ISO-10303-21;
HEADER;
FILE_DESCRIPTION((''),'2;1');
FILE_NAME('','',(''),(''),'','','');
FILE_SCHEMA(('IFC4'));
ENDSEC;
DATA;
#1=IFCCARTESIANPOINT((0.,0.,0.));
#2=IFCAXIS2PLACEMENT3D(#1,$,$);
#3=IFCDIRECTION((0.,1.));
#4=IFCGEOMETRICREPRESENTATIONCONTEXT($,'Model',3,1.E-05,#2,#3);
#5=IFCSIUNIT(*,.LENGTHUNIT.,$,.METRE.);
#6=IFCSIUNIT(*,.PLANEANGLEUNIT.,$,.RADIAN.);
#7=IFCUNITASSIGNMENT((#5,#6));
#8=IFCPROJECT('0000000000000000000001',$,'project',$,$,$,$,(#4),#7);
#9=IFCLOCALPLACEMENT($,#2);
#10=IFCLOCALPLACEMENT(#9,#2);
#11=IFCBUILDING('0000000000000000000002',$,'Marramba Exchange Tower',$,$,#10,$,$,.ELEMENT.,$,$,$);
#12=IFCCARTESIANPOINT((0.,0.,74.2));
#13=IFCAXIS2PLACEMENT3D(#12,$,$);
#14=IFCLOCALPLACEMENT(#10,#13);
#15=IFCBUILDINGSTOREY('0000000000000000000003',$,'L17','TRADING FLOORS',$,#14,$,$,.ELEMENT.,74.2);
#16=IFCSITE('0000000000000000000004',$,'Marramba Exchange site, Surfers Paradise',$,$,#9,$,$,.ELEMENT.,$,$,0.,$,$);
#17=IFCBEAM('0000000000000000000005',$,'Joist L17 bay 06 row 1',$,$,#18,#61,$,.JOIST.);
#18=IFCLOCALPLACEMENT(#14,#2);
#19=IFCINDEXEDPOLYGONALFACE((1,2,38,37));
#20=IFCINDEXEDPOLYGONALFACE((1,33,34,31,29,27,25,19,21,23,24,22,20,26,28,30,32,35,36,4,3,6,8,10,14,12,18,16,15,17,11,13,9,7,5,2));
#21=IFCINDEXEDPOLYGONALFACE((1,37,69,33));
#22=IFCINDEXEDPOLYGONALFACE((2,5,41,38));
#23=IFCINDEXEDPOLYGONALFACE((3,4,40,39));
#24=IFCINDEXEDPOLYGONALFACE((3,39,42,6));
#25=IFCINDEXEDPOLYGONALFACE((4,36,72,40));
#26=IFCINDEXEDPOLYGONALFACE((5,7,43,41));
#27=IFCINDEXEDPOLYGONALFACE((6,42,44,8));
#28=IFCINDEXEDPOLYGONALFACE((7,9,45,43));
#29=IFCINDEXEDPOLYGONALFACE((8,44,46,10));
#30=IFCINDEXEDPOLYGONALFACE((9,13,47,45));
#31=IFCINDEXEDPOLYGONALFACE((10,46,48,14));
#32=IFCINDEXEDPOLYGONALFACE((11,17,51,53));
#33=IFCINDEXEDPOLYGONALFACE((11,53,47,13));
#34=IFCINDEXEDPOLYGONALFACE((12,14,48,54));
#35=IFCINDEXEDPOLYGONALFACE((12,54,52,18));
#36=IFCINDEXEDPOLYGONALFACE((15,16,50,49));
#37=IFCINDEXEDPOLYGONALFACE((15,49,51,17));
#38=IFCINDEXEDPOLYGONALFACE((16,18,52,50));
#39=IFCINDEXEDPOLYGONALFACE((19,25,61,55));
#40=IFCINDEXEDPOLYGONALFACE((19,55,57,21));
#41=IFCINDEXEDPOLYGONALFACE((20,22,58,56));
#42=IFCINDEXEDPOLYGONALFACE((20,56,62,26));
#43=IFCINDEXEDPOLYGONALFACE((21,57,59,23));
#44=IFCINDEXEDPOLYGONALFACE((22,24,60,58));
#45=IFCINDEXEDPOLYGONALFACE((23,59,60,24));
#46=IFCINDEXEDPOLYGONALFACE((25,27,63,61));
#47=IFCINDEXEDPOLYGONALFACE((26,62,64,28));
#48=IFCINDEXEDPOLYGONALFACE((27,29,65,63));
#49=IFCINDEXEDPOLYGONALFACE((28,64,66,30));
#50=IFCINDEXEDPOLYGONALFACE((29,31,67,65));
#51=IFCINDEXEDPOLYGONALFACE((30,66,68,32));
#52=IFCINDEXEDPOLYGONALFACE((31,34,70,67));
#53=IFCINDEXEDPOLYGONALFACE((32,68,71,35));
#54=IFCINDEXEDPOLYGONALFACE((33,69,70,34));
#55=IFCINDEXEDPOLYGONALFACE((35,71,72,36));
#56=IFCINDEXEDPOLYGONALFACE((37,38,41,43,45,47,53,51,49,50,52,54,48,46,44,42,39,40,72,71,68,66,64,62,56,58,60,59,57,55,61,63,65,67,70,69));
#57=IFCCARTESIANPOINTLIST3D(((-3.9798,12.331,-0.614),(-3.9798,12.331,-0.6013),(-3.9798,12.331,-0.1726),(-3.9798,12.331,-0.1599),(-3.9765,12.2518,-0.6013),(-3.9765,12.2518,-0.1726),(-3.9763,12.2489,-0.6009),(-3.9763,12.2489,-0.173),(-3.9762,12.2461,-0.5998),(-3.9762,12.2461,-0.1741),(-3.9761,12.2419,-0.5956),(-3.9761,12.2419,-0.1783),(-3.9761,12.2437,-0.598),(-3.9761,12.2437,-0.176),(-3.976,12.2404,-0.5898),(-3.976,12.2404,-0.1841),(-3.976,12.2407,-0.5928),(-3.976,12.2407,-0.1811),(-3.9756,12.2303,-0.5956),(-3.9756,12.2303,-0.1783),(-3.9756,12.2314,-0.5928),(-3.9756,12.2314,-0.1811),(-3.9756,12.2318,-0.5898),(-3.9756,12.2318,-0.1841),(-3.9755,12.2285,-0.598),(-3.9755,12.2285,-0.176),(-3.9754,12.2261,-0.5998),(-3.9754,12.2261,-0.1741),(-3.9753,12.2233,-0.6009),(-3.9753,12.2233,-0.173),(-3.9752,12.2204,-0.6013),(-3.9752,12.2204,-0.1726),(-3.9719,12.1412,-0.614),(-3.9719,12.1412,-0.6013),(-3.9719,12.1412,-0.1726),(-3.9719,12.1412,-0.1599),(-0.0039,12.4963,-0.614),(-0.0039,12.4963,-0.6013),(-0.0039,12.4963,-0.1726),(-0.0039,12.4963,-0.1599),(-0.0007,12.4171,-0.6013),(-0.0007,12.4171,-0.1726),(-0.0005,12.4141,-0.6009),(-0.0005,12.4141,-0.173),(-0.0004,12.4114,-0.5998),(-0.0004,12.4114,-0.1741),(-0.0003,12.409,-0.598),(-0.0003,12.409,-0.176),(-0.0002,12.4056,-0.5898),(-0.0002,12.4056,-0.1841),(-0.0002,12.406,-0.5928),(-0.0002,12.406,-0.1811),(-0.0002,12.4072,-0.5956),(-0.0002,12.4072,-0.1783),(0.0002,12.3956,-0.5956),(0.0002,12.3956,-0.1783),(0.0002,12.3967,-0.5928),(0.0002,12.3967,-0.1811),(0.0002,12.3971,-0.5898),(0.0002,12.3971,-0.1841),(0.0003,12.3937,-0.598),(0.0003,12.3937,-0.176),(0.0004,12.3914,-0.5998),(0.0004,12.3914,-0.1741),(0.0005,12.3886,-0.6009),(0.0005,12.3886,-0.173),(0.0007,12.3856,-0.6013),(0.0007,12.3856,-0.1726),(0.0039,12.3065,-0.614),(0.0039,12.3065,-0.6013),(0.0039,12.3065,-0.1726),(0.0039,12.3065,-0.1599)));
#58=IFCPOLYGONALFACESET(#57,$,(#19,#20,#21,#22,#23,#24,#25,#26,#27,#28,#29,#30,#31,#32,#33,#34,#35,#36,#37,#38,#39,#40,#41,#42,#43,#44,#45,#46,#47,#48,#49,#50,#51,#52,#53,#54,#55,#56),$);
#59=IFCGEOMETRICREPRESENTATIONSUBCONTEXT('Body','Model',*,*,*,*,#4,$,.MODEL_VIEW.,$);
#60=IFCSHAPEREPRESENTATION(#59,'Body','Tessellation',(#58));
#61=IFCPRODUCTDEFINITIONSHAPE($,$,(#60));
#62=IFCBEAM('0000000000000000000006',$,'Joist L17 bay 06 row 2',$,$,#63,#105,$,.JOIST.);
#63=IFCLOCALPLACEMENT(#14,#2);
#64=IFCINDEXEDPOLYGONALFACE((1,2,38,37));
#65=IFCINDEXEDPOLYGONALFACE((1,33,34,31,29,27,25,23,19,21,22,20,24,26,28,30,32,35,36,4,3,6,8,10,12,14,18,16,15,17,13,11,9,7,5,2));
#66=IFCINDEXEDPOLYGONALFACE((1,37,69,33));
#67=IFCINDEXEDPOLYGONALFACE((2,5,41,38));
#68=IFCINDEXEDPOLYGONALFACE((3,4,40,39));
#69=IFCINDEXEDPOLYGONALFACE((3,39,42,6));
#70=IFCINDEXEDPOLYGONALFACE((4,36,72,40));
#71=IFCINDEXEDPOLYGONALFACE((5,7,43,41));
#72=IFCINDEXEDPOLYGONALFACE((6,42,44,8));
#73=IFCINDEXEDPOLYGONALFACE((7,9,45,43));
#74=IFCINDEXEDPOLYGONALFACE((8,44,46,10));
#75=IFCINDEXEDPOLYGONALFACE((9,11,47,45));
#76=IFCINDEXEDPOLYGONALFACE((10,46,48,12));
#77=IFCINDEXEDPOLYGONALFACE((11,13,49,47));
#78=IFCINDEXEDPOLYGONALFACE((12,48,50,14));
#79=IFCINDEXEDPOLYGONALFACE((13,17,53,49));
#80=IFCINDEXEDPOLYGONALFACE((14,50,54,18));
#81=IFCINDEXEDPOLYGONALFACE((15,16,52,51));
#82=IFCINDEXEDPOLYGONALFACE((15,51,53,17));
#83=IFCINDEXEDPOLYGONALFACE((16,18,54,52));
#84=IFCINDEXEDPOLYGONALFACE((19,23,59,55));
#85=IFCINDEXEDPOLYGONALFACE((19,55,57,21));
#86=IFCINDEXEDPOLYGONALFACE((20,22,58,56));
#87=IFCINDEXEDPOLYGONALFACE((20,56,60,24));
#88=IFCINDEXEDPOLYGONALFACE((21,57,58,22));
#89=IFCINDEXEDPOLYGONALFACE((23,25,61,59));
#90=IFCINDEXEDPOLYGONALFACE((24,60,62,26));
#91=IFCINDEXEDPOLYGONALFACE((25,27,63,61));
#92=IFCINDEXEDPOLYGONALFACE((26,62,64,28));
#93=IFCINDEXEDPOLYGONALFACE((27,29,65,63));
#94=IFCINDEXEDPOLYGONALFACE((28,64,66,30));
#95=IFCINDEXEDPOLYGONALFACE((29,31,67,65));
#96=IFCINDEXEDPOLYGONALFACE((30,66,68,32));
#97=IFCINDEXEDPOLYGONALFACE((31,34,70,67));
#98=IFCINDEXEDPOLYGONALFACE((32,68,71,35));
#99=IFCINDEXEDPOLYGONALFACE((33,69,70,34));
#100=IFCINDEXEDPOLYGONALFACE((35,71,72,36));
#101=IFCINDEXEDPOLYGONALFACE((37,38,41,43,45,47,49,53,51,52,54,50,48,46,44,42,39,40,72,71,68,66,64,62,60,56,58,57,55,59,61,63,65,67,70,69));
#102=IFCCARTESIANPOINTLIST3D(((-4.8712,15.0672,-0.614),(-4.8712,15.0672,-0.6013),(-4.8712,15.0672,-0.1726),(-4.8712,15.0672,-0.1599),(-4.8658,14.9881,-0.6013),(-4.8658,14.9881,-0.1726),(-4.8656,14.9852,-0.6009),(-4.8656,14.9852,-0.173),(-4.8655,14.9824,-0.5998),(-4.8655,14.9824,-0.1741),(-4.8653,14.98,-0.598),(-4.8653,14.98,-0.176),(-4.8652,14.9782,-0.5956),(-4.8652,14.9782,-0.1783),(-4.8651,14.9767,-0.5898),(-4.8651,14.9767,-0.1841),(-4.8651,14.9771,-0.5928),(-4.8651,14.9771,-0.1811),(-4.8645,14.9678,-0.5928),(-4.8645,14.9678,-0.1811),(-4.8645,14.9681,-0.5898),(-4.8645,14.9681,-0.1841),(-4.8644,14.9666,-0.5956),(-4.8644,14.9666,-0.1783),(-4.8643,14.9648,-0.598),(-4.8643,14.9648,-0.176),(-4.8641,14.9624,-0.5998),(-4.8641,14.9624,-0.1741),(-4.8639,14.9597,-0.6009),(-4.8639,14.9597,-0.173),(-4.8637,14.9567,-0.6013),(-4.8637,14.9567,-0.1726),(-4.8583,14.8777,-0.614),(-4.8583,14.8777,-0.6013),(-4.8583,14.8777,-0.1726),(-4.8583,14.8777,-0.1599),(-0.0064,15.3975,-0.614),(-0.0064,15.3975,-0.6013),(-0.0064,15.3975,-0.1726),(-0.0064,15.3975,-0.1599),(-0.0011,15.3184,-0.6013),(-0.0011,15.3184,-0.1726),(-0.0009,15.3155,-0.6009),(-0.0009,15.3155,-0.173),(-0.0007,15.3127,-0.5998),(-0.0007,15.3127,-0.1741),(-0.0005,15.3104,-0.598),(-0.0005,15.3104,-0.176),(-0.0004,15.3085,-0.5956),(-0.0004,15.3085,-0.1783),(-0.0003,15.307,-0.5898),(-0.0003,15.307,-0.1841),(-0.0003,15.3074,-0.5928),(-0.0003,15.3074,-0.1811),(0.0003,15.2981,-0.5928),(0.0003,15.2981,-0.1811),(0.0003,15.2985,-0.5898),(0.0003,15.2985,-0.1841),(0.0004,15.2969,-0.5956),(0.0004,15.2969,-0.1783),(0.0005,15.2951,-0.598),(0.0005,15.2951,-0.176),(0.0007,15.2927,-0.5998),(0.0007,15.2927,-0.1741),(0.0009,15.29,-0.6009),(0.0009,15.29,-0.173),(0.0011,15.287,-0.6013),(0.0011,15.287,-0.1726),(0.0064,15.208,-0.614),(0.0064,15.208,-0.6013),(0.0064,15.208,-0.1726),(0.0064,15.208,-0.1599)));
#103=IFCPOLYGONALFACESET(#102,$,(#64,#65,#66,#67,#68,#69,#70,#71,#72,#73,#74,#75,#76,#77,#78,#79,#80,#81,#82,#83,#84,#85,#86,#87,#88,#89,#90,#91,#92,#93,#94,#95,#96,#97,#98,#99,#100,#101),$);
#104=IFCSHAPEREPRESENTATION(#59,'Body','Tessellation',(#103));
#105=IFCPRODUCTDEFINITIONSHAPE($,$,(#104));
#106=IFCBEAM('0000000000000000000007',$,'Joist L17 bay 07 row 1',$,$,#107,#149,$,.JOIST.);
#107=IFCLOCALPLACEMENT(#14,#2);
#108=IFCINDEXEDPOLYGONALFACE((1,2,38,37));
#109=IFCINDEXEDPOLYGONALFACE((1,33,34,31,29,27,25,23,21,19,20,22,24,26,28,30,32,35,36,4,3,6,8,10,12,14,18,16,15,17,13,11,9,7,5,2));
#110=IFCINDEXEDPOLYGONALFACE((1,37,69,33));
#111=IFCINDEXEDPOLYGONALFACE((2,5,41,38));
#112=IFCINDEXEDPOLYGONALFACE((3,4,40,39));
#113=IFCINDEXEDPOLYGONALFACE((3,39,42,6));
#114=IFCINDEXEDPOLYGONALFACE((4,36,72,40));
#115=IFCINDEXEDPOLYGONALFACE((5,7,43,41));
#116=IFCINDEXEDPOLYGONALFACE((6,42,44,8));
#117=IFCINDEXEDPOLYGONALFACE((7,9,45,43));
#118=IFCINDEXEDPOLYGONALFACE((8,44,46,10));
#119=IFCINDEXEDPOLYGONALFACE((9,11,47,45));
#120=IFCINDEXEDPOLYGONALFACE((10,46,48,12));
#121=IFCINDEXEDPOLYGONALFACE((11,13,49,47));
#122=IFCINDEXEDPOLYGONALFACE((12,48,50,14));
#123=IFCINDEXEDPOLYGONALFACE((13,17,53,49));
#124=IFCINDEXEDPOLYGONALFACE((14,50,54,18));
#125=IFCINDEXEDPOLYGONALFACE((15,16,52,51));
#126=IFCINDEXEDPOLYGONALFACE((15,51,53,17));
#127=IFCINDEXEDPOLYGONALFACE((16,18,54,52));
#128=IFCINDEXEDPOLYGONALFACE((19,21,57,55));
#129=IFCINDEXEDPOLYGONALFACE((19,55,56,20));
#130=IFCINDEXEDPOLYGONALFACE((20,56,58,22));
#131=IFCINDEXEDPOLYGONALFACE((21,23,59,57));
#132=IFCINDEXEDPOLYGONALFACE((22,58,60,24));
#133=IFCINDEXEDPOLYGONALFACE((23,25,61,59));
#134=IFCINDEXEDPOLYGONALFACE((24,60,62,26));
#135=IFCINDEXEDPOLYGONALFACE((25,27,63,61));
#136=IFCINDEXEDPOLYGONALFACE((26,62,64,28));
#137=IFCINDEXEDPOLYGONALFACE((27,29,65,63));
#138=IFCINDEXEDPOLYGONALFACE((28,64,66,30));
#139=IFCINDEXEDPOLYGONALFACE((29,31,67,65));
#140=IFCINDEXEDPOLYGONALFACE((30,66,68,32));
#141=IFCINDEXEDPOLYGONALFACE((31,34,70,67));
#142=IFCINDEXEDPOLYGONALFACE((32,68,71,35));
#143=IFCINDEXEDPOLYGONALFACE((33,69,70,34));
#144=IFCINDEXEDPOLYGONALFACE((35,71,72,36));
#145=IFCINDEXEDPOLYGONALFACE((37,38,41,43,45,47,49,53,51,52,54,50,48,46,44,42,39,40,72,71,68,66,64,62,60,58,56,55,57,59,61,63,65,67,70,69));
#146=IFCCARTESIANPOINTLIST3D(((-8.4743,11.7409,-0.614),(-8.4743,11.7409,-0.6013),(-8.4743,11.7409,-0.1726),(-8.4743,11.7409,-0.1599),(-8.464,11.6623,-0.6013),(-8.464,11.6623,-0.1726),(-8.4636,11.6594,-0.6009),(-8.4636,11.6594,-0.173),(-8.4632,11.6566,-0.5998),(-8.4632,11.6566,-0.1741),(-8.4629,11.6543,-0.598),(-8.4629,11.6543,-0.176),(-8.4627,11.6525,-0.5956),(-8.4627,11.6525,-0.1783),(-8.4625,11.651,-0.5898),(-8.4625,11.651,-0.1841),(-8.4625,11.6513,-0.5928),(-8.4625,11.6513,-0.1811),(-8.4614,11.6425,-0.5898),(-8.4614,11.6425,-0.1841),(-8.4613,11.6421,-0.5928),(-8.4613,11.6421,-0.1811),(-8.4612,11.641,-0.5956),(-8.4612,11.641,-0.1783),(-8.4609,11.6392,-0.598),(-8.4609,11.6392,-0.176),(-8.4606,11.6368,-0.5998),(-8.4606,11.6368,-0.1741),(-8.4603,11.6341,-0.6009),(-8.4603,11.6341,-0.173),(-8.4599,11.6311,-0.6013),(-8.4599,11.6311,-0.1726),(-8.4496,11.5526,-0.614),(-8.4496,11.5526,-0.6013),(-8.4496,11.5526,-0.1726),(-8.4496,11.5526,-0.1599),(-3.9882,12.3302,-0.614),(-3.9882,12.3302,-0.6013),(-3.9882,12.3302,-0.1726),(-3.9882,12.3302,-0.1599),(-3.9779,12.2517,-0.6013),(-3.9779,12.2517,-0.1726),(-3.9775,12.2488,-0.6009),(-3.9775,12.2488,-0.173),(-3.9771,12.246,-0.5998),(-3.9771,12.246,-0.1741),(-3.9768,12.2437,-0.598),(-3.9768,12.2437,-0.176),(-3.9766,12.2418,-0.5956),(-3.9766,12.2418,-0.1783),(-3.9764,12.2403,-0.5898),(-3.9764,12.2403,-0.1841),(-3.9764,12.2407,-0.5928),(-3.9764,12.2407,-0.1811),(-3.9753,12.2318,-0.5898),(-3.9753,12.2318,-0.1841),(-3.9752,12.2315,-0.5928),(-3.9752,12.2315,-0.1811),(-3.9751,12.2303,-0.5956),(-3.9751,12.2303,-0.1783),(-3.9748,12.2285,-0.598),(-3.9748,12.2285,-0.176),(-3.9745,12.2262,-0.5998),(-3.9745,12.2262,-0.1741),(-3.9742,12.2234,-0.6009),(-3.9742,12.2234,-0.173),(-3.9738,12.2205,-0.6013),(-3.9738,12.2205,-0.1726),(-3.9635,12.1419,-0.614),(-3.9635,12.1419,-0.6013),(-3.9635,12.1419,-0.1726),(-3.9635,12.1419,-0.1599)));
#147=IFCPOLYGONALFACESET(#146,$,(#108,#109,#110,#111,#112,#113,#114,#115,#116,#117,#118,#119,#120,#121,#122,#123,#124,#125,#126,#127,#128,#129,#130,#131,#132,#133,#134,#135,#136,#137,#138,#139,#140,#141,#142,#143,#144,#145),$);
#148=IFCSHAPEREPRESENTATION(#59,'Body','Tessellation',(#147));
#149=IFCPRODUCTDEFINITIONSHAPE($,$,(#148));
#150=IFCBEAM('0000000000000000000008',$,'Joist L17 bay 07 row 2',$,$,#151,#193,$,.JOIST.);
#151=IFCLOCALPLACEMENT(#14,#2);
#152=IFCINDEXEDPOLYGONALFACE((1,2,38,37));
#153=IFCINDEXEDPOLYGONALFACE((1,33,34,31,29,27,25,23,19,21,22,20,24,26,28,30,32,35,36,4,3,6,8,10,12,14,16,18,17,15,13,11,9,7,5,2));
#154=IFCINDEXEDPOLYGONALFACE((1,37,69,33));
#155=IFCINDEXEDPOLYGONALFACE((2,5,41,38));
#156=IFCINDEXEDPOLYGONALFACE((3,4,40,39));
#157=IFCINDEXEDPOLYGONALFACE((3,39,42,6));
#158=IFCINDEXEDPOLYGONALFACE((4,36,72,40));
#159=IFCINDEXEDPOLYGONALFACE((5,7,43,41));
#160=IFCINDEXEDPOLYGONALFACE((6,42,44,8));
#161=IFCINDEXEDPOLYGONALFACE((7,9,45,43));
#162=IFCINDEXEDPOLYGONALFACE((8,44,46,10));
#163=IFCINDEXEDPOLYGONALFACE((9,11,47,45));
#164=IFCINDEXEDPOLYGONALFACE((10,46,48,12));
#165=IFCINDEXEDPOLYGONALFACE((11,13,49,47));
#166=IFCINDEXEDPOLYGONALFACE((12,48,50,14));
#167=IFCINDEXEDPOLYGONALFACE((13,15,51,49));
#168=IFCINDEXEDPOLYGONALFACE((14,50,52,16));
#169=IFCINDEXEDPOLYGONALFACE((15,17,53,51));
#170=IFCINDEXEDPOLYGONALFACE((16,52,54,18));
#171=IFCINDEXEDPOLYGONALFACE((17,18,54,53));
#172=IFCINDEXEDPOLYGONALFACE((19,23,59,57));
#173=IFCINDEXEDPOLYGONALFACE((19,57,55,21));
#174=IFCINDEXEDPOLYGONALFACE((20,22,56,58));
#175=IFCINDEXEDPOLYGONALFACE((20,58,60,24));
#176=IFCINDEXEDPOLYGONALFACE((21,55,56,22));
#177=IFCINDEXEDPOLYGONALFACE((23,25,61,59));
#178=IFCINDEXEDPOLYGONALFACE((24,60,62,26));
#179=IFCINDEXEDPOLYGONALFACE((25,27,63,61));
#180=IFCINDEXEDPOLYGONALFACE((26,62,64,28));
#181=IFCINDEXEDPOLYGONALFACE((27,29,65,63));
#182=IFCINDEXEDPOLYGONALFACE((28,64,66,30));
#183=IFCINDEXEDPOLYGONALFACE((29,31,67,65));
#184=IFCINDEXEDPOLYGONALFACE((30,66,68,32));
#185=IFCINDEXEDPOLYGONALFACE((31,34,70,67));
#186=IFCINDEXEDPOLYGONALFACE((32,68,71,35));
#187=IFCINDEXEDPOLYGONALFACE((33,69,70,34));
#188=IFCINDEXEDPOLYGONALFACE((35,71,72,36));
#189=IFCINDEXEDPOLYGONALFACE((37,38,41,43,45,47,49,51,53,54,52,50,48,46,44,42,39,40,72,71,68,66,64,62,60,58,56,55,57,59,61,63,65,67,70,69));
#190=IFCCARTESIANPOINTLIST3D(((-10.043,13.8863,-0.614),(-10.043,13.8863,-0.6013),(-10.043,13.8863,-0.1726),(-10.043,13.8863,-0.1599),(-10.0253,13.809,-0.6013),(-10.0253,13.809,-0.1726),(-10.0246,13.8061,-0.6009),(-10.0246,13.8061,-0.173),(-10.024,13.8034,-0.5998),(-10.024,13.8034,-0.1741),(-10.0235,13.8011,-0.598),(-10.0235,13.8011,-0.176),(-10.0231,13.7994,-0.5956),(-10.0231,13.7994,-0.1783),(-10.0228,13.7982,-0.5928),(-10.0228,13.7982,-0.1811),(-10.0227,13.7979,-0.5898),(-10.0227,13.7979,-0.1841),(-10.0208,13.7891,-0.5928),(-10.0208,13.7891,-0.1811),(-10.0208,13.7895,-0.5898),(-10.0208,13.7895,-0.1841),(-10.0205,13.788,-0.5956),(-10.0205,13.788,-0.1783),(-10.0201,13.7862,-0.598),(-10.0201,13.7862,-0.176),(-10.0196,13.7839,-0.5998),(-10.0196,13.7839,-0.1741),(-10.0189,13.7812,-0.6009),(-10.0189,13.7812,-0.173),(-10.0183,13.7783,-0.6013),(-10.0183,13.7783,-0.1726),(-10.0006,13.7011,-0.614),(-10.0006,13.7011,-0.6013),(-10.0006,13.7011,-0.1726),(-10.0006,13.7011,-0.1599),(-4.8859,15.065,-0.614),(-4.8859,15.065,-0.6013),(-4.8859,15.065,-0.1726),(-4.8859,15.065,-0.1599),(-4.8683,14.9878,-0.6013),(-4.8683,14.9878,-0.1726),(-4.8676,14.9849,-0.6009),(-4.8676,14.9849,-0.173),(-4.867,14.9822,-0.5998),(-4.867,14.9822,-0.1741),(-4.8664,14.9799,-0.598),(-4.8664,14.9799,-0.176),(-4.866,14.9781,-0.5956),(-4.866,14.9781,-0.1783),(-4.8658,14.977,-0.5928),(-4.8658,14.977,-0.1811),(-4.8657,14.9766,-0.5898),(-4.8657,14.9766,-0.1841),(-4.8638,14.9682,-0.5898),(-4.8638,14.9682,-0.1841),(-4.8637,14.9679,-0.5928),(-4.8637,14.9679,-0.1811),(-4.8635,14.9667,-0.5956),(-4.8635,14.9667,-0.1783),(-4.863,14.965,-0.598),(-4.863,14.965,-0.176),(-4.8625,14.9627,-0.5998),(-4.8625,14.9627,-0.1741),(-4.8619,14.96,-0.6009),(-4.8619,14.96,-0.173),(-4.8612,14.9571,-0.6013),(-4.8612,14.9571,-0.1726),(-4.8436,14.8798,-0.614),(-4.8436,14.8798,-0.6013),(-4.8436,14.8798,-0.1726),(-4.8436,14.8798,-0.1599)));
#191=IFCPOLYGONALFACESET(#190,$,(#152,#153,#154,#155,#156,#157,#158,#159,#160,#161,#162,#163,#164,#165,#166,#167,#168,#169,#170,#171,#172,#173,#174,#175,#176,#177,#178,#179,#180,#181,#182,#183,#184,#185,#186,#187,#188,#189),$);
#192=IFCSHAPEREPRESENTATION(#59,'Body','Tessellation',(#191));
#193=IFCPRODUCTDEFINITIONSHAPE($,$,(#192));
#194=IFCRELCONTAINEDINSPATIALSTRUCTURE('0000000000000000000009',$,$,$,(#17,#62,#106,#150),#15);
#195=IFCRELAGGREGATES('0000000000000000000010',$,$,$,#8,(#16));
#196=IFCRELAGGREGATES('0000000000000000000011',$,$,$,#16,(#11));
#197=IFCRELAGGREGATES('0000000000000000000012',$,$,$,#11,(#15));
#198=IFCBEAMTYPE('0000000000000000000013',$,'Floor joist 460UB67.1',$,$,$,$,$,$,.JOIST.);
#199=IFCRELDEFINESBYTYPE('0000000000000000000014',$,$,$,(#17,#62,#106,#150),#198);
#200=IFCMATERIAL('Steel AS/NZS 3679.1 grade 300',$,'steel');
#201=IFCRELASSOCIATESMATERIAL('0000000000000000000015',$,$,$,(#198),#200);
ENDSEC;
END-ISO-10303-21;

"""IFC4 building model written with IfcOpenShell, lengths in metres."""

from ifc_helpers import new_model, si_unit, direction, frame, origin, origin_2d, place, context, subcontext, project, spatial, i_section, extrude, material, material_profile, profile_set, type_object, element, save


model = new_model("IFC4")

# Units and contexts
model_context = context("Model", 3, precision=1e-05, world=origin(), true_north=direction((0.0, 1.0)))
body_context = subcontext(model_context, "Body", "Model", "MODEL_VIEW")
ifc_project = project(units=[si_unit("LENGTHUNIT", "METRE"), si_unit("PLANEANGLEUNIT", "RADIAN")], contexts=[model_context])

# Site, building, storey
site_placement = place(None, origin())
site = spatial("IfcSite", under=ifc_project, at=site_placement, Name="Marramba Exchange site, Surfers Paradise", CompositionType="ELEMENT", RefElevation=0.0)
building_placement = place(site_placement, origin())
building = spatial("IfcBuilding", under=site, at=building_placement, Name="Marramba Exchange Tower", CompositionType="ELEMENT")
storey_placement = place(building_placement, frame((0.0, 0.0, 74.2)))
storey = spatial("IfcBuildingStorey", under=building, at=storey_placement, Name="L17", Description="TRADING FLOORS", CompositionType="ELEMENT", Elevation=74.2)

# Beams
ifc_material_1 = material(Name="Steel AS/NZS 3679.1 grade 300", Category="steel")
ifc_material_profile_1 = material_profile(ifc_material_1, i_section(OverallWidth=0.1899, OverallDepth=0.4541, WebThickness=0.0085, FlangeThickness=0.0127, FilletRadius=0.0115, at=origin_2d()), Name="460UB67.1")
ifc_profile_set_1 = profile_set([ifc_material_profile_1], Name="Steel AS/NZS 3679.1 grade 300")
beam_type_1 = type_object("IfcBeamType", Name="Floor joist 460UB67.1", PredefinedType="JOIST", material=ifc_profile_set_1)
beam_1_placement = place(storey_placement, frame((0.0, 12.4014, -0.387), z_axis=(-0.999137, -0.041536, 0.0), x_axis=(0.041536, -0.999137, 0.0)))
element("IfcBeam", 1, at=beam_1_placement, inside=storey, type_object=beam_type_1, Name="Joist L17 bay 06 row 1", PredefinedType="JOIST", context=body_context, shape_type="SweptSolid", body=[
    extrude(i_section(OverallWidth=0.1899, OverallDepth=0.4541, WebThickness=0.0085, FlangeThickness=0.0127, FilletRadius=0.0115, at=origin_2d()), origin(), (0.0, 0.0, 1.0), 3.9792),
])
beam_2_placement = place(storey_placement, frame((0.0, 15.3027, -0.387), z_axis=(-0.997703, -0.067745, 0.0), x_axis=(0.067745, -0.997703, 0.0)))
element("IfcBeam", 2, at=beam_2_placement, inside=storey, type_object=beam_type_1, Name="Joist L17 bay 06 row 2", PredefinedType="JOIST", context=body_context, shape_type="SweptSolid", body=[
    extrude(i_section(OverallWidth=0.1899, OverallDepth=0.4541, WebThickness=0.0085, FlangeThickness=0.0127, FilletRadius=0.0115, at=origin_2d()), origin(), (0.0, 0.0, 1.0), 4.876),
])
beam_3_placement = place(storey_placement, frame((-3.9758, 12.2361, -0.387), z_axis=(-0.991481, -0.130255, 0.0), x_axis=(0.130255, -0.991481, 0.0)))
element("IfcBeam", 3, at=beam_3_placement, inside=storey, type_object=beam_type_1, Name="Joist L17 bay 07 row 1", PredefinedType="JOIST", context=body_context, shape_type="SweptSolid", body=[
    extrude(i_section(OverallWidth=0.1899, OverallDepth=0.4541, WebThickness=0.0085, FlangeThickness=0.0127, FilletRadius=0.0115, at=origin_2d()), origin(), (0.0, 0.0, 1.0), 4.5247),
])
beam_4_placement = place(storey_placement, frame((-4.8647, 14.9724, -0.387), z_axis=(-0.97486, -0.22282, 0.0), x_axis=(0.22282, -0.97486, 0.0)))
element("IfcBeam", 4, at=beam_4_placement, inside=storey, type_object=beam_type_1, Name="Joist L17 bay 07 row 2", PredefinedType="JOIST", context=body_context, shape_type="SweptSolid", body=[
    extrude(i_section(OverallWidth=0.1899, OverallDepth=0.4541, WebThickness=0.0085, FlangeThickness=0.0127, FilletRadius=0.0115, at=origin_2d()), origin(), (0.0, 0.0, 1.0), 5.29),
])

save(model, "model.ifc")
